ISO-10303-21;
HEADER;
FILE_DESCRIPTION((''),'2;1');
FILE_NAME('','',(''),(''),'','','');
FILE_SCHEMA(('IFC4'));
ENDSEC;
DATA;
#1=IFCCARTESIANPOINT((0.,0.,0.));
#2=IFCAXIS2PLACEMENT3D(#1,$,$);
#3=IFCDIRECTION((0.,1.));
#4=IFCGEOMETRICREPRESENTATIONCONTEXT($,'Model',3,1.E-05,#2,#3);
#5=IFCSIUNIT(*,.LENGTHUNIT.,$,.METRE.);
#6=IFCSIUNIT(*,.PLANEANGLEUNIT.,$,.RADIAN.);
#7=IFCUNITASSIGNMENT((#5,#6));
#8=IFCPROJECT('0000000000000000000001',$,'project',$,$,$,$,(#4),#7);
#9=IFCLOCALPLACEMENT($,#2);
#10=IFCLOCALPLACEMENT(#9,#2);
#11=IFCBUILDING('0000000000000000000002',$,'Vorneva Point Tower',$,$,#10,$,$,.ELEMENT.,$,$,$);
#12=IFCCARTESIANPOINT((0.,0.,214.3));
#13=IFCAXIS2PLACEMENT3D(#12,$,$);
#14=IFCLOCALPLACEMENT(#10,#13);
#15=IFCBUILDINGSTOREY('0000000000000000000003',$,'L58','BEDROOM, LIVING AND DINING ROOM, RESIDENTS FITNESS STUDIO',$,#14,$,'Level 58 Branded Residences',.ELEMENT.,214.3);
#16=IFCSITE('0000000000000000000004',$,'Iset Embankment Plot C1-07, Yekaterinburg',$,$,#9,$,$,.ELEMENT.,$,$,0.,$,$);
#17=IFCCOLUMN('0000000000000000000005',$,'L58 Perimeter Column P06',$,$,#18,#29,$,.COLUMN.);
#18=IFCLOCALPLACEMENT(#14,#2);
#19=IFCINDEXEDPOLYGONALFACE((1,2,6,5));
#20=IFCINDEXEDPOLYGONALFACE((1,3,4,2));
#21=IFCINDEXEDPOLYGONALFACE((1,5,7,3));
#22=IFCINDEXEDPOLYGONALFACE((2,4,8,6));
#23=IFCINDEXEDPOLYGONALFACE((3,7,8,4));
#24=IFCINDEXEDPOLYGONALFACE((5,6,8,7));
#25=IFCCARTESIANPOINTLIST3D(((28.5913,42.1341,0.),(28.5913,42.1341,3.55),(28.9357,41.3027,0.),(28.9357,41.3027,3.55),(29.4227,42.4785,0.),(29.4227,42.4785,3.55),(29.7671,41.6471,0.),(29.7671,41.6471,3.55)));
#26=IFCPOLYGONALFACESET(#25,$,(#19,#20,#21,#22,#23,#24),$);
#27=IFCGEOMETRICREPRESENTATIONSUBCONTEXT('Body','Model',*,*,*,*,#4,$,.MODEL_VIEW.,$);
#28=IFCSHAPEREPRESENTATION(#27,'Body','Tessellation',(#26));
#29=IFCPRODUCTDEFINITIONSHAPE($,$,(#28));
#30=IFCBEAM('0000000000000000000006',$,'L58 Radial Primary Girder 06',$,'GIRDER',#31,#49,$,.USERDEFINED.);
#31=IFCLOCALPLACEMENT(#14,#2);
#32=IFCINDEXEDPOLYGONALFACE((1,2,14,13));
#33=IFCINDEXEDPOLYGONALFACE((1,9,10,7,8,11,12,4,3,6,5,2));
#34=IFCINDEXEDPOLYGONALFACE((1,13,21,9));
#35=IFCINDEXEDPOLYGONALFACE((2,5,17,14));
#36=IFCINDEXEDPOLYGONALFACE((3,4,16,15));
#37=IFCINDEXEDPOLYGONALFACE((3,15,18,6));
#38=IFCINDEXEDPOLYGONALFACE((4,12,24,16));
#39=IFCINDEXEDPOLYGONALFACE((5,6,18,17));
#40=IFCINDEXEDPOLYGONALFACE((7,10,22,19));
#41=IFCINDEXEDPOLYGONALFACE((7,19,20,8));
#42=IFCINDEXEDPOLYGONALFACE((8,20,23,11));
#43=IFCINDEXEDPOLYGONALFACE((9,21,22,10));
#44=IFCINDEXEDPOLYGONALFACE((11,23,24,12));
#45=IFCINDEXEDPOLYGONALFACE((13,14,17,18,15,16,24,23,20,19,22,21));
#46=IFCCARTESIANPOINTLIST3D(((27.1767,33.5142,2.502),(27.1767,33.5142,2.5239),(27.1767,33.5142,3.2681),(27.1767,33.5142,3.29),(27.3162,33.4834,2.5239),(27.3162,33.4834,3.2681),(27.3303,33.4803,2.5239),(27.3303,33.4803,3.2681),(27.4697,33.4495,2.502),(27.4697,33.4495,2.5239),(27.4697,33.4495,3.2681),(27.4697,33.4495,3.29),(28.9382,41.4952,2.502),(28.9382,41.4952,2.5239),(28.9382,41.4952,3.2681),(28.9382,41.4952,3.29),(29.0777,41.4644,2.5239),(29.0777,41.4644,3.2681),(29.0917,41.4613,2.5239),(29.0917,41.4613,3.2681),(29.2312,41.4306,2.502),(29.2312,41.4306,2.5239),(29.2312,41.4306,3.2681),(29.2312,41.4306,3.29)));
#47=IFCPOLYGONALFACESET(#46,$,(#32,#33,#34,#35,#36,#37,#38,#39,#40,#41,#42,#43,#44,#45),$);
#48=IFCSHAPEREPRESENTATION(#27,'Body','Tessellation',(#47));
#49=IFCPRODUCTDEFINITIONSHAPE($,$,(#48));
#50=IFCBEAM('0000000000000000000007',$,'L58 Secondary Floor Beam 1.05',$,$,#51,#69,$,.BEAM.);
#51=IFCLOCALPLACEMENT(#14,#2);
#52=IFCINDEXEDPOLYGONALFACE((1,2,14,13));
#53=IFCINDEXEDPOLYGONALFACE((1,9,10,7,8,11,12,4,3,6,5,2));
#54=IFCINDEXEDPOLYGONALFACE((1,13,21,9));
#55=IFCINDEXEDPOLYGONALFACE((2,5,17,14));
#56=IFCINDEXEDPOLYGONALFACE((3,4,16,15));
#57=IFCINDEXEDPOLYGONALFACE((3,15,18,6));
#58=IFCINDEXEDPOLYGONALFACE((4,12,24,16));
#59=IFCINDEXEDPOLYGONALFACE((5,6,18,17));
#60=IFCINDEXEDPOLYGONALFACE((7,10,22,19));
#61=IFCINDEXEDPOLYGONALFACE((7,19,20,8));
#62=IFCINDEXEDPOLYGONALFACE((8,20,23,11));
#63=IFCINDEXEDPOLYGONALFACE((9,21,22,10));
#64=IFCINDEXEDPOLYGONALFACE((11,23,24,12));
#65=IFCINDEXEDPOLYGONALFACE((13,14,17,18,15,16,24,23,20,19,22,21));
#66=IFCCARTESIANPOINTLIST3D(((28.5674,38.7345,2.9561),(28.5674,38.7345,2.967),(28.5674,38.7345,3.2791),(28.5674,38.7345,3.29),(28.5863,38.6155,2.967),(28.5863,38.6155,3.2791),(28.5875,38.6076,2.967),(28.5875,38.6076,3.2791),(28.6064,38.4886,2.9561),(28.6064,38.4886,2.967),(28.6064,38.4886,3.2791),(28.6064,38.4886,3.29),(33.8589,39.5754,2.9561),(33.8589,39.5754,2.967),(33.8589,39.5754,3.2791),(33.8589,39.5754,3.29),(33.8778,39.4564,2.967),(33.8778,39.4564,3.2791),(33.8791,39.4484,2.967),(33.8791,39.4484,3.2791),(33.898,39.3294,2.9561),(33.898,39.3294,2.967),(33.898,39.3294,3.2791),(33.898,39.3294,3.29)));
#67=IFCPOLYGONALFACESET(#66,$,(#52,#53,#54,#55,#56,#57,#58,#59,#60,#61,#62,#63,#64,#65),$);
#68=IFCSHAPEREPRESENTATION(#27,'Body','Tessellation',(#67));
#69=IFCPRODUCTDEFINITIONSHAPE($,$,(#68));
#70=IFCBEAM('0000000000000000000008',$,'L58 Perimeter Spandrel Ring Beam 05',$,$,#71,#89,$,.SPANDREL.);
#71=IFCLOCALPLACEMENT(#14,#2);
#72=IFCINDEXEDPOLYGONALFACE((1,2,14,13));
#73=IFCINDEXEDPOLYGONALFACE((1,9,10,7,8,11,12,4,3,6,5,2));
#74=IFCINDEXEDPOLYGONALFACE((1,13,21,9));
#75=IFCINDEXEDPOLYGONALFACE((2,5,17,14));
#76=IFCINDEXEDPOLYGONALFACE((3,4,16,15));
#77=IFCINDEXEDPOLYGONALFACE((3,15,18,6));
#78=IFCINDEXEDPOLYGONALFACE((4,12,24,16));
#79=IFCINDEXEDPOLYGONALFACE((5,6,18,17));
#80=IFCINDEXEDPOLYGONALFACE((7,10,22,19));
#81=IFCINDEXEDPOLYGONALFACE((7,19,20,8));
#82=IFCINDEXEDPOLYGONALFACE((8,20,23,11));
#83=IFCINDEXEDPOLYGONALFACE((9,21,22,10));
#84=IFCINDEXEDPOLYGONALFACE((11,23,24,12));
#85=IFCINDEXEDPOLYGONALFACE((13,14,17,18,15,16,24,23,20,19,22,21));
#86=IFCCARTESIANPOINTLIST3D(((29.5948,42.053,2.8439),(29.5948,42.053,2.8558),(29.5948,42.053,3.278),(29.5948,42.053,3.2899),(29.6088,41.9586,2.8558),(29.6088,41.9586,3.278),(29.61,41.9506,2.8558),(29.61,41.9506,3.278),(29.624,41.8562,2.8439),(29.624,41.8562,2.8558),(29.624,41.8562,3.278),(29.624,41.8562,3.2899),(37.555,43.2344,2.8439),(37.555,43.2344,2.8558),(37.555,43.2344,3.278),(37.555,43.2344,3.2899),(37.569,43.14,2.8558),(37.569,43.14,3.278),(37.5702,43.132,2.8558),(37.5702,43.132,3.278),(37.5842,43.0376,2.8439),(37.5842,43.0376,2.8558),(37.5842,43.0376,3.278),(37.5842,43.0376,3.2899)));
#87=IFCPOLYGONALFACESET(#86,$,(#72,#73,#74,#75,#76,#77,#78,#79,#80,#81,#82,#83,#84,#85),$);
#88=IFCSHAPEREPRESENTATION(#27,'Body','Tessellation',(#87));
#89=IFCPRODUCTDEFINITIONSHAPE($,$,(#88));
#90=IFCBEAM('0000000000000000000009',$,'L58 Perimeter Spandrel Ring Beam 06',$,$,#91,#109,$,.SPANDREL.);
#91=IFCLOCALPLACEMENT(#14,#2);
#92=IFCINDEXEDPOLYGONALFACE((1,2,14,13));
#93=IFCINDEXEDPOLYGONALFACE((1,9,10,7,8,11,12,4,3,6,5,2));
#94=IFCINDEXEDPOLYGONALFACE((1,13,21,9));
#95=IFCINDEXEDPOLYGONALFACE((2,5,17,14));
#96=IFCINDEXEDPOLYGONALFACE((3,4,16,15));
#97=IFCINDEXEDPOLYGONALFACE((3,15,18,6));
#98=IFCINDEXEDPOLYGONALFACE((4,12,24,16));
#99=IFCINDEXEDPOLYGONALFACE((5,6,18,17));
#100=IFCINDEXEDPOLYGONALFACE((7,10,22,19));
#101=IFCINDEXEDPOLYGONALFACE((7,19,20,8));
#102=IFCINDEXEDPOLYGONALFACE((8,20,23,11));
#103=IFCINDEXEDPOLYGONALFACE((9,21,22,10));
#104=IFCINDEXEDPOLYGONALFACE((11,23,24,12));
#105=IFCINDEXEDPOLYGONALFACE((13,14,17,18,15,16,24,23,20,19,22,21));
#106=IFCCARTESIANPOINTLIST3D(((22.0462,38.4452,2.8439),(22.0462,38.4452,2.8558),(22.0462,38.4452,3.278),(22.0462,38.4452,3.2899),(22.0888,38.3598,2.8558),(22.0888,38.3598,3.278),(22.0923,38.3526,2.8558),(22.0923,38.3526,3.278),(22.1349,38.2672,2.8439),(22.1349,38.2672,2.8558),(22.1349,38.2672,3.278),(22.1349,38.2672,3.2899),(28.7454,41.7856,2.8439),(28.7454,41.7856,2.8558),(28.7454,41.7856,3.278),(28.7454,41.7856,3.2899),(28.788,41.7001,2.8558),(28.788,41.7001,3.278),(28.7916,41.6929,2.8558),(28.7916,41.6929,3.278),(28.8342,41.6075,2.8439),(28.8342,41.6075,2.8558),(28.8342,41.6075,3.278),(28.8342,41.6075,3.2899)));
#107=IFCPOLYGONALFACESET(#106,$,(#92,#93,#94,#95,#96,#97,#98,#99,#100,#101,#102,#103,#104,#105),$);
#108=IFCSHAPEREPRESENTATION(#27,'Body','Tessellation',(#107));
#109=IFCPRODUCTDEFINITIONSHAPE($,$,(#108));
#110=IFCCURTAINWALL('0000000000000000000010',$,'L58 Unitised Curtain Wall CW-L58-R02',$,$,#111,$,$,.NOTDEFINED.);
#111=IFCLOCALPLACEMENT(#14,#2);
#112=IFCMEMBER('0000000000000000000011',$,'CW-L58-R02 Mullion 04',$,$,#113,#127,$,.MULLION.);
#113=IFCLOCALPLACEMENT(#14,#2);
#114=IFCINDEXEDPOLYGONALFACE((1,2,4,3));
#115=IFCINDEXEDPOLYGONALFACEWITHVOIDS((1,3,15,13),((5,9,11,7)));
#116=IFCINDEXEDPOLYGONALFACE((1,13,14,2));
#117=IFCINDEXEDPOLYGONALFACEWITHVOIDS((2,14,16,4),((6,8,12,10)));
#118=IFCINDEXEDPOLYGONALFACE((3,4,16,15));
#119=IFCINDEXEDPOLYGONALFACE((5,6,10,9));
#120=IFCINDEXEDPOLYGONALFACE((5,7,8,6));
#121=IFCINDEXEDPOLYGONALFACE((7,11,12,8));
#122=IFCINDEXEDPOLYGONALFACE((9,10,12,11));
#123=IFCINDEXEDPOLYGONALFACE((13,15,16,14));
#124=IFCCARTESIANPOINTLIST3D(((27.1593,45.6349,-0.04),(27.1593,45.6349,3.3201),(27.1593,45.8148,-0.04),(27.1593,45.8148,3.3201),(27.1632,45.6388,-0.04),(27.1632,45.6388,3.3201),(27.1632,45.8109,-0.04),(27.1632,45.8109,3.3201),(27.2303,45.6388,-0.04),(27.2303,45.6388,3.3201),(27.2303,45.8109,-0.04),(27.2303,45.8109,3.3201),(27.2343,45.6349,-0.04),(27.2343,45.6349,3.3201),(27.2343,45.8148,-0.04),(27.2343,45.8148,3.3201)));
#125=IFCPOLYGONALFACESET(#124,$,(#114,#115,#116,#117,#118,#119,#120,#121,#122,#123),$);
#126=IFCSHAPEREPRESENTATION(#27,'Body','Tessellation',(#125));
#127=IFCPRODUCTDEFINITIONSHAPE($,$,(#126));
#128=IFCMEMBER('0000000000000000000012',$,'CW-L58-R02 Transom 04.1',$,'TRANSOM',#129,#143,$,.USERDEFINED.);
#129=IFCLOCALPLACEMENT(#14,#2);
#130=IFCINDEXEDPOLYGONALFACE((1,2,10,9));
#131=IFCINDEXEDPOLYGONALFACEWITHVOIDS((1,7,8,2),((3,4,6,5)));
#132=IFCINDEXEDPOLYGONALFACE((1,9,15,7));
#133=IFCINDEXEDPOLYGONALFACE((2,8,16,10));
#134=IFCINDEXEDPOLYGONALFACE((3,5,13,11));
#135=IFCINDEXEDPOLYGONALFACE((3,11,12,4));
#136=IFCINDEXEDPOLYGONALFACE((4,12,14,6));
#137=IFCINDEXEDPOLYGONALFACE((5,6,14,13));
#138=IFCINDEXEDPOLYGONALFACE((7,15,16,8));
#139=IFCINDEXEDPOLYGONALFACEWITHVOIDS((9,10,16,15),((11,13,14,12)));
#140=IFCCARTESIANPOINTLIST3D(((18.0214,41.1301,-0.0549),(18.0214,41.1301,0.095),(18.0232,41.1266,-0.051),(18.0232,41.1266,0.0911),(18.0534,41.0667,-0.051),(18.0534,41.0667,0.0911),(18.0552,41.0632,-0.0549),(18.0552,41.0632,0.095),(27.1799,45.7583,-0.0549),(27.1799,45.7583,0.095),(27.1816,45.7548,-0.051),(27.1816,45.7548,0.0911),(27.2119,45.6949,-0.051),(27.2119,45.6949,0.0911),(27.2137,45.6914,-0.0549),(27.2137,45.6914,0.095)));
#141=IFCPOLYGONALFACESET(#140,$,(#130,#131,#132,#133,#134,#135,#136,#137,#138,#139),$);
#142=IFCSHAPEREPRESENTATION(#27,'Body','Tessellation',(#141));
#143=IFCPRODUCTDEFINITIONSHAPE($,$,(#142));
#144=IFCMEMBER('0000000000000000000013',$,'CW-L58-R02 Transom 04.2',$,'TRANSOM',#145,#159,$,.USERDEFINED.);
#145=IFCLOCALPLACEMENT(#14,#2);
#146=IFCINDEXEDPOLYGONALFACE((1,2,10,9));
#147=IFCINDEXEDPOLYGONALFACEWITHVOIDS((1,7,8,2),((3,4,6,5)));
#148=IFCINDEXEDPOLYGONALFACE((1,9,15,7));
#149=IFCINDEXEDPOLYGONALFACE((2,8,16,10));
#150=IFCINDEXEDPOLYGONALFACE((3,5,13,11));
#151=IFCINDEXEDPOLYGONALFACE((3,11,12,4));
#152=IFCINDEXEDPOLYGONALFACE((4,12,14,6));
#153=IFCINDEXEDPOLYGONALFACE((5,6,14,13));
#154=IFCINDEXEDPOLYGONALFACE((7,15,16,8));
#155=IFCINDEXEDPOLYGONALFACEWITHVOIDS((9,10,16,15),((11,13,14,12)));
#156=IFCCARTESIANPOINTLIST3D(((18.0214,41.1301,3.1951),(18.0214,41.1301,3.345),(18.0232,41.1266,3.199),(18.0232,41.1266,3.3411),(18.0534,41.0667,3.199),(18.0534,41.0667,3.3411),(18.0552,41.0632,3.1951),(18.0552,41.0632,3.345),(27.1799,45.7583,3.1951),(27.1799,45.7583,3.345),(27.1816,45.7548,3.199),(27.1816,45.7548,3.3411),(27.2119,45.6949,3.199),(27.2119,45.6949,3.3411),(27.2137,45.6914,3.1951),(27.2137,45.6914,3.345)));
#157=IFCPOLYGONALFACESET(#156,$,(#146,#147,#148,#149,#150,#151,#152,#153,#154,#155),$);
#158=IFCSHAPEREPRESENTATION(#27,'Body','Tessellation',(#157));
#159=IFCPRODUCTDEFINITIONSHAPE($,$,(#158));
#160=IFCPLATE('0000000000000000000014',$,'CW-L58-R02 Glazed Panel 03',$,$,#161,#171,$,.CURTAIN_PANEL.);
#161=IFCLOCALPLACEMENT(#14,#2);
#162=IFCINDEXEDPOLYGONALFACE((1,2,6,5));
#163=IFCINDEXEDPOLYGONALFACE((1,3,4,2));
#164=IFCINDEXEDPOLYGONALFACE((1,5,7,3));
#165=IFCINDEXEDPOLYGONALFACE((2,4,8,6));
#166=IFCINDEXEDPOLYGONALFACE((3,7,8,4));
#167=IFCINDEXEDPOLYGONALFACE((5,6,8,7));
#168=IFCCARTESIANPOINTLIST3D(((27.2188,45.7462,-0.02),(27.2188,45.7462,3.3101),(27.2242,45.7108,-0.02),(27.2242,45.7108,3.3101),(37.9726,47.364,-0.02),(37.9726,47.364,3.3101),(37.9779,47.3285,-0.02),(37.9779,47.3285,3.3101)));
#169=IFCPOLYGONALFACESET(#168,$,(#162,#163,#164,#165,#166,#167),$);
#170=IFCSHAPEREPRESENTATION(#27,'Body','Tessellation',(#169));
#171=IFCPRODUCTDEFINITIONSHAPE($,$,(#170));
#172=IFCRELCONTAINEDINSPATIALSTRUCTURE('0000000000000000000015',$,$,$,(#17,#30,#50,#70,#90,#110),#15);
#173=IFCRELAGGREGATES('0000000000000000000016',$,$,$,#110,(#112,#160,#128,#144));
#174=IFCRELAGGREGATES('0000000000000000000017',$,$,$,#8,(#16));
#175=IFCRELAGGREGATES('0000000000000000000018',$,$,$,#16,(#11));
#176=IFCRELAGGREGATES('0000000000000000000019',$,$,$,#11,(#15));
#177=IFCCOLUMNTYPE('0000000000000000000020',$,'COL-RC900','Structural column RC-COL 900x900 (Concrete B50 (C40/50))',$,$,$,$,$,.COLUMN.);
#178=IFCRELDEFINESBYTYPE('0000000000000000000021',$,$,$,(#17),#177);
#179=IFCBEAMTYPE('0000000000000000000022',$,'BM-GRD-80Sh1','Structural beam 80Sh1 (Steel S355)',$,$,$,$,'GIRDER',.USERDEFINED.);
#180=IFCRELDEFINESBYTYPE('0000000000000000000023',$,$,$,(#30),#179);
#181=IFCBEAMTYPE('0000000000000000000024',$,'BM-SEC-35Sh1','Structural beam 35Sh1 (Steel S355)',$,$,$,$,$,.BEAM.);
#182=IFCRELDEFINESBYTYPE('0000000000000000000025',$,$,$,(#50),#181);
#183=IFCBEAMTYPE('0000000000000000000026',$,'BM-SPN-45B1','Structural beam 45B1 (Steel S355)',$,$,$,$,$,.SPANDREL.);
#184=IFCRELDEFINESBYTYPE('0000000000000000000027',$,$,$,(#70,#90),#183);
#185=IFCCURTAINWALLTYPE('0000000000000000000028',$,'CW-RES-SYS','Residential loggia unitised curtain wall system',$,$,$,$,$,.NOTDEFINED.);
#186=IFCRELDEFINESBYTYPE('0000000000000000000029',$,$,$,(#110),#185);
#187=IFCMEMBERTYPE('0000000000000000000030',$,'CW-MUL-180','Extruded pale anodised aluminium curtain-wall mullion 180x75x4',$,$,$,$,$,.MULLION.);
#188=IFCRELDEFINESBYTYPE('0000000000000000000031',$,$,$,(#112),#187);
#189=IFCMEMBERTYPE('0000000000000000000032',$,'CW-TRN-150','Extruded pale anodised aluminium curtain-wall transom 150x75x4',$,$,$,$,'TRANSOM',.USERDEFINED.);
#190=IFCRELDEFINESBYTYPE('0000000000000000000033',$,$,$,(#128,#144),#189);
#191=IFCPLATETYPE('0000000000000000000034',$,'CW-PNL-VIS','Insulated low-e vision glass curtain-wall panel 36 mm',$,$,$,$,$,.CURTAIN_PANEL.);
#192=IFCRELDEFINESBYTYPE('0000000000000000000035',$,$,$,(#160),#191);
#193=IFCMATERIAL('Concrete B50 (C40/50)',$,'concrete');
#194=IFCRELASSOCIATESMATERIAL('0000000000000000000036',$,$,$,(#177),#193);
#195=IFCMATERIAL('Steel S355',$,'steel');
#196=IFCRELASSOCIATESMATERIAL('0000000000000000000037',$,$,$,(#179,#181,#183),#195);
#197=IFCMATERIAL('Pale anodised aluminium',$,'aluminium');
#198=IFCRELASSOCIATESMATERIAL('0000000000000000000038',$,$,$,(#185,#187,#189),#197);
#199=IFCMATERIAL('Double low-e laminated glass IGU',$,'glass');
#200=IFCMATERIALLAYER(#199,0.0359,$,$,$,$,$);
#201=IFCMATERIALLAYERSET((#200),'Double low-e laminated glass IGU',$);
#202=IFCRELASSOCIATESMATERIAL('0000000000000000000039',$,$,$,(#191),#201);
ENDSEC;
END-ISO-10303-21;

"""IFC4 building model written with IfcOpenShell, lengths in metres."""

from ifc_helpers import new_model, si_unit, direction, frame, origin, origin_2d, place, context, subcontext, project, spatial, rectangle, hollow_rectangle, i_section, extrude, material, layer, layer_set, material_profile, profile_set, type_object, element, aggregate, save


model = new_model("IFC4")

# Units and contexts
model_context = context("Model", 3, precision=1e-05, world=origin(), true_north=direction((0.0, 1.0)))
body_context = subcontext(model_context, "Body", "Model", "MODEL_VIEW")
ifc_project = project(units=[si_unit("LENGTHUNIT", "METRE"), si_unit("PLANEANGLEUNIT", "RADIAN")], contexts=[model_context])

# Site, building, storey
site_placement = place(None, origin())
site = spatial("IfcSite", under=ifc_project, at=site_placement, Name="Iset Embankment Plot C1-07, Yekaterinburg", CompositionType="ELEMENT", RefElevation=0.0)
building_placement = place(site_placement, origin())
building = spatial("IfcBuilding", under=site, at=building_placement, Name="Vorneva Point Tower", CompositionType="ELEMENT")
storey_placement = place(building_placement, frame((0.0, 0.0, 214.3)))
storey = spatial("IfcBuildingStorey", under=building, at=storey_placement, Name="L58", Description="BEDROOM, LIVING AND DINING ROOM, RESIDENTS FITNESS STUDIO", LongName="Level 58 Branded Residences", CompositionType="ELEMENT", Elevation=214.3)

# Column
ifc_material_1 = material(Name="Concrete B50 (C40/50)", Category="concrete")
ifc_material_profile_1 = material_profile(ifc_material_1, rectangle(XDim=0.8999, YDim=0.8999, at=origin_2d()), Name="RC-COL 900x900")
ifc_profile_set_1 = profile_set([ifc_material_profile_1], Name="Concrete B50 (C40/50)")
column_type = type_object("IfcColumnType", Name="COL-RC900", Description="Structural column RC-COL 900x900 (Concrete B50 (C40/50))", PredefinedType="COLUMN", material=ifc_profile_set_1)
column_placement = place(storey_placement, frame((29.1792, 41.8906, 0.0), z_axis=(0.0, 0.0, 1.0), x_axis=(-0.382683, 0.92388, 0.0)))
element("IfcColumn", 1, at=column_placement, inside=storey, type_object=column_type, Name="L58 Perimeter Column P06", PredefinedType="COLUMN", context=body_context, shape_type="SweptSolid", body=[
    extrude(rectangle(XDim=0.8999, YDim=0.8999, at=origin_2d()), origin(), (0.0, 0.0, 1.0), 3.55),
])

# Beams
ifc_material_2 = material(Name="Steel S355", Category="steel")
ifc_material_profile_2 = material_profile(ifc_material_2, i_section(OverallWidth=0.3, OverallDepth=0.7881, WebThickness=0.0144, FlangeThickness=0.022, at=origin_2d()), Name="80Sh1")
ifc_profile_set_2 = profile_set([ifc_material_profile_2], Name="Steel S355")
beam_type_1 = type_object("IfcBeamType", Name="BM-GRD-80Sh1", Description="Structural beam 80Sh1 (Steel S355)", ElementType="GIRDER", PredefinedType="USERDEFINED", material=ifc_profile_set_2)
beam_1_placement = place(storey_placement, frame((29.0847, 41.4629, 2.896), z_axis=(-0.215523, -0.976499, 0.0), x_axis=(0.976499, -0.215523, 0.0)))
element("IfcBeam", 2, at=beam_1_placement, inside=storey, type_object=beam_type_1, Name="L58 Radial Primary Girder 06", ObjectType="GIRDER", PredefinedType="USERDEFINED", context=body_context, shape_type="SweptSolid", body=[
    extrude(i_section(OverallWidth=0.3, OverallDepth=0.7881, WebThickness=0.0144, FlangeThickness=0.022, at=origin_2d()), origin(), (0.0, 0.0, 1.0), 8.1731),
])
ifc_material_profile_3 = material_profile(ifc_material_2, i_section(OverallWidth=0.249, OverallDepth=0.334, WebThickness=0.0081, FlangeThickness=0.011, at=origin_2d()), Name="35Sh1")
ifc_profile_set_3 = profile_set([ifc_material_profile_3], Name="Steel S355")
beam_type_2 = type_object("IfcBeamType", Name="BM-SEC-35Sh1", Description="Structural beam 35Sh1 (Steel S355)", PredefinedType="BEAM", material=ifc_profile_set_3)
beam_2_placement = place(storey_placement, frame((33.8784, 39.4524, 3.123), z_axis=(-0.98761, -0.156931, 0.0), x_axis=(0.156931, -0.98761, 0.0)))
element("IfcBeam", 3, at=beam_2_placement, inside=storey, type_object=beam_type_2, Name="L58 Secondary Floor Beam 1.05", PredefinedType="BEAM", context=body_context, shape_type="SweptSolid", body=[
    extrude(i_section(OverallWidth=0.249, OverallDepth=0.334, WebThickness=0.0081, FlangeThickness=0.011, at=origin_2d()), origin(), (0.0, 0.0, 1.0), 5.3579),
])
ifc_material_profile_4 = material_profile(ifc_material_2, i_section(OverallWidth=0.199, OverallDepth=0.446, WebThickness=0.0081, FlangeThickness=0.012, at=origin_2d()), Name="45B1")
ifc_profile_set_4 = profile_set([ifc_material_profile_4], Name="Steel S355")
beam_type_3 = type_object("IfcBeamType", Name="BM-SPN-45B1", Description="Structural beam 45B1 (Steel S355)", PredefinedType="SPANDREL", material=ifc_profile_set_4)
beam_3_placement = place(storey_placement, frame((37.5696, 43.136, 3.0669), z_axis=(-0.989165, -0.146805, 0.0), x_axis=(0.146805, -0.989165, 0.0)))
element("IfcBeam", 4, at=beam_3_placement, inside=storey, type_object=beam_type_3, Name="L58 Perimeter Spandrel Ring Beam 05", PredefinedType="SPANDREL", context=body_context, shape_type="SweptSolid", body=[
    extrude(i_section(OverallWidth=0.199, OverallDepth=0.446, WebThickness=0.0081, FlangeThickness=0.012, at=origin_2d()), origin(), (0.0, 0.0, 1.0), 8.0474),
])
beam_4_placement = place(storey_placement, frame((28.7898, 41.6965, 3.0669), z_axis=(-0.894922, -0.446222, 0.0), x_axis=(0.446222, -0.894922, 0.0)))
element("IfcBeam", 5, at=beam_4_placement, inside=storey, type_object=beam_type_3, Name="L58 Perimeter Spandrel Ring Beam 06", PredefinedType="SPANDREL", context=body_context, shape_type="SweptSolid", body=[
    extrude(i_section(OverallWidth=0.199, OverallDepth=0.446, WebThickness=0.0081, FlangeThickness=0.012, at=origin_2d()), origin(), (0.0, 0.0, 1.0), 7.4858),
])

# Curtain wall, members, plate
ifc_material_3 = material(Name="Pale anodised aluminium", Category="aluminium")
curtain_wall_type = type_object("IfcCurtainWallType", Name="CW-RES-SYS", Description="Residential loggia unitised curtain wall system", PredefinedType="NOTDEFINED", material=ifc_material_3)
curtain_wall_placement = place(storey_placement, origin())
curtain_wall = element("IfcCurtainWall", 6, at=curtain_wall_placement, inside=storey, type_object=curtain_wall_type, Name="L58 Unitised Curtain Wall CW-L58-R02", PredefinedType="NOTDEFINED")
ifc_material_profile_5 = material_profile(ifc_material_3, hollow_rectangle(XDim=0.075, YDim=0.1799, WallThickness=0.0039, at=origin_2d()), Name="AL-MUL 180x75x4")
ifc_profile_set_5 = profile_set([ifc_material_profile_5], Name="Pale anodised aluminium")
member_type_1 = type_object("IfcMemberType", Name="CW-MUL-180", Description="Extruded pale anodised aluminium curtain-wall mullion 180x75x4", PredefinedType="MULLION", material=ifc_profile_set_5)
member_1_placement = place(storey_placement, frame((27.1968, 45.7249, -0.04), z_axis=(0.0, 0.0, 1.0), x_axis=(1.0, 0.0, 0.0)))
member_1 = element("IfcMember", 7, at=member_1_placement, type_object=member_type_1, Name="CW-L58-R02 Mullion 04", PredefinedType="MULLION", context=body_context, shape_type="SweptSolid", body=[
    extrude(hollow_rectangle(XDim=0.075, YDim=0.1799, WallThickness=0.0039, at=origin_2d()), origin(), (0.0, 0.0, 1.0), 3.3601),
])
ifc_material_profile_6 = material_profile(ifc_material_3, hollow_rectangle(XDim=0.075, YDim=0.1499, WallThickness=0.0039, at=origin_2d()), Name="AL-TRN 150x75x4")
ifc_profile_set_6 = profile_set([ifc_material_profile_6], Name="Pale anodised aluminium")
member_type_2 = type_object("IfcMemberType", Name="CW-TRN-150", Description="Extruded pale anodised aluminium curtain-wall transom 150x75x4", ElementType="TRANSOM", PredefinedType="USERDEFINED", material=ifc_profile_set_6)
member_2_placement = place(storey_placement, frame((27.1968, 45.7249, 0.02), z_axis=(-0.892511, -0.451026, 0.0), x_axis=(0.451026, -0.892511, 0.0)))
member_2 = element("IfcMember", 8, at=member_2_placement, type_object=member_type_2, Name="CW-L58-R02 Transom 04.1", ObjectType="TRANSOM", PredefinedType="USERDEFINED", context=body_context, shape_type="SweptSolid", body=[
    extrude(hollow_rectangle(XDim=0.075, YDim=0.1499, WallThickness=0.0039, at=origin_2d()), origin(), (0.0, 0.0, 1.0), 10.2615),
])
member_3_placement = place(storey_placement, frame((27.1968, 45.7249, 3.27), z_axis=(-0.892511, -0.451026, 0.0), x_axis=(0.451026, -0.892511, 0.0)))
member_3 = element("IfcMember", 9, at=member_3_placement, type_object=member_type_2, Name="CW-L58-R02 Transom 04.2", ObjectType="TRANSOM", PredefinedType="USERDEFINED", context=body_context, shape_type="SweptSolid", body=[
    extrude(hollow_rectangle(XDim=0.075, YDim=0.1499, WallThickness=0.0039, at=origin_2d()), origin(), (0.0, 0.0, 1.0), 10.2615),
])
ifc_material_4 = material(Name="Double low-e laminated glass IGU", Category="glass")
ifc_layer_1 = layer(ifc_material_4, 0.0359)
ifc_layer_set_1 = layer_set([ifc_layer_1], Name="Double low-e laminated glass IGU")
plate_type = type_object("IfcPlateType", Name="CW-PNL-VIS", Description="Insulated low-e vision glass curtain-wall panel 36 mm", PredefinedType="CURTAIN_PANEL", material=ifc_layer_set_1)
plate_placement = place(storey_placement, frame((32.5984, 46.5374, -0.02), z_axis=(0.0, 0.0, 1.0), x_axis=(-0.988874, -0.148759, 0.0)))
plate = element("IfcPlate", 10, at=plate_placement, type_object=plate_type, Name="CW-L58-R02 Glazed Panel 03", PredefinedType="CURTAIN_PANEL", context=body_context, shape_type="SweptSolid", body=[
    extrude(rectangle(XDim=10.8748, YDim=0.0359, at=origin_2d()), origin(), (0.0, 0.0, 1.0), 3.3301),
])
aggregate(curtain_wall, [member_1, plate, member_2, member_3])

save(model, "model.ifc")
